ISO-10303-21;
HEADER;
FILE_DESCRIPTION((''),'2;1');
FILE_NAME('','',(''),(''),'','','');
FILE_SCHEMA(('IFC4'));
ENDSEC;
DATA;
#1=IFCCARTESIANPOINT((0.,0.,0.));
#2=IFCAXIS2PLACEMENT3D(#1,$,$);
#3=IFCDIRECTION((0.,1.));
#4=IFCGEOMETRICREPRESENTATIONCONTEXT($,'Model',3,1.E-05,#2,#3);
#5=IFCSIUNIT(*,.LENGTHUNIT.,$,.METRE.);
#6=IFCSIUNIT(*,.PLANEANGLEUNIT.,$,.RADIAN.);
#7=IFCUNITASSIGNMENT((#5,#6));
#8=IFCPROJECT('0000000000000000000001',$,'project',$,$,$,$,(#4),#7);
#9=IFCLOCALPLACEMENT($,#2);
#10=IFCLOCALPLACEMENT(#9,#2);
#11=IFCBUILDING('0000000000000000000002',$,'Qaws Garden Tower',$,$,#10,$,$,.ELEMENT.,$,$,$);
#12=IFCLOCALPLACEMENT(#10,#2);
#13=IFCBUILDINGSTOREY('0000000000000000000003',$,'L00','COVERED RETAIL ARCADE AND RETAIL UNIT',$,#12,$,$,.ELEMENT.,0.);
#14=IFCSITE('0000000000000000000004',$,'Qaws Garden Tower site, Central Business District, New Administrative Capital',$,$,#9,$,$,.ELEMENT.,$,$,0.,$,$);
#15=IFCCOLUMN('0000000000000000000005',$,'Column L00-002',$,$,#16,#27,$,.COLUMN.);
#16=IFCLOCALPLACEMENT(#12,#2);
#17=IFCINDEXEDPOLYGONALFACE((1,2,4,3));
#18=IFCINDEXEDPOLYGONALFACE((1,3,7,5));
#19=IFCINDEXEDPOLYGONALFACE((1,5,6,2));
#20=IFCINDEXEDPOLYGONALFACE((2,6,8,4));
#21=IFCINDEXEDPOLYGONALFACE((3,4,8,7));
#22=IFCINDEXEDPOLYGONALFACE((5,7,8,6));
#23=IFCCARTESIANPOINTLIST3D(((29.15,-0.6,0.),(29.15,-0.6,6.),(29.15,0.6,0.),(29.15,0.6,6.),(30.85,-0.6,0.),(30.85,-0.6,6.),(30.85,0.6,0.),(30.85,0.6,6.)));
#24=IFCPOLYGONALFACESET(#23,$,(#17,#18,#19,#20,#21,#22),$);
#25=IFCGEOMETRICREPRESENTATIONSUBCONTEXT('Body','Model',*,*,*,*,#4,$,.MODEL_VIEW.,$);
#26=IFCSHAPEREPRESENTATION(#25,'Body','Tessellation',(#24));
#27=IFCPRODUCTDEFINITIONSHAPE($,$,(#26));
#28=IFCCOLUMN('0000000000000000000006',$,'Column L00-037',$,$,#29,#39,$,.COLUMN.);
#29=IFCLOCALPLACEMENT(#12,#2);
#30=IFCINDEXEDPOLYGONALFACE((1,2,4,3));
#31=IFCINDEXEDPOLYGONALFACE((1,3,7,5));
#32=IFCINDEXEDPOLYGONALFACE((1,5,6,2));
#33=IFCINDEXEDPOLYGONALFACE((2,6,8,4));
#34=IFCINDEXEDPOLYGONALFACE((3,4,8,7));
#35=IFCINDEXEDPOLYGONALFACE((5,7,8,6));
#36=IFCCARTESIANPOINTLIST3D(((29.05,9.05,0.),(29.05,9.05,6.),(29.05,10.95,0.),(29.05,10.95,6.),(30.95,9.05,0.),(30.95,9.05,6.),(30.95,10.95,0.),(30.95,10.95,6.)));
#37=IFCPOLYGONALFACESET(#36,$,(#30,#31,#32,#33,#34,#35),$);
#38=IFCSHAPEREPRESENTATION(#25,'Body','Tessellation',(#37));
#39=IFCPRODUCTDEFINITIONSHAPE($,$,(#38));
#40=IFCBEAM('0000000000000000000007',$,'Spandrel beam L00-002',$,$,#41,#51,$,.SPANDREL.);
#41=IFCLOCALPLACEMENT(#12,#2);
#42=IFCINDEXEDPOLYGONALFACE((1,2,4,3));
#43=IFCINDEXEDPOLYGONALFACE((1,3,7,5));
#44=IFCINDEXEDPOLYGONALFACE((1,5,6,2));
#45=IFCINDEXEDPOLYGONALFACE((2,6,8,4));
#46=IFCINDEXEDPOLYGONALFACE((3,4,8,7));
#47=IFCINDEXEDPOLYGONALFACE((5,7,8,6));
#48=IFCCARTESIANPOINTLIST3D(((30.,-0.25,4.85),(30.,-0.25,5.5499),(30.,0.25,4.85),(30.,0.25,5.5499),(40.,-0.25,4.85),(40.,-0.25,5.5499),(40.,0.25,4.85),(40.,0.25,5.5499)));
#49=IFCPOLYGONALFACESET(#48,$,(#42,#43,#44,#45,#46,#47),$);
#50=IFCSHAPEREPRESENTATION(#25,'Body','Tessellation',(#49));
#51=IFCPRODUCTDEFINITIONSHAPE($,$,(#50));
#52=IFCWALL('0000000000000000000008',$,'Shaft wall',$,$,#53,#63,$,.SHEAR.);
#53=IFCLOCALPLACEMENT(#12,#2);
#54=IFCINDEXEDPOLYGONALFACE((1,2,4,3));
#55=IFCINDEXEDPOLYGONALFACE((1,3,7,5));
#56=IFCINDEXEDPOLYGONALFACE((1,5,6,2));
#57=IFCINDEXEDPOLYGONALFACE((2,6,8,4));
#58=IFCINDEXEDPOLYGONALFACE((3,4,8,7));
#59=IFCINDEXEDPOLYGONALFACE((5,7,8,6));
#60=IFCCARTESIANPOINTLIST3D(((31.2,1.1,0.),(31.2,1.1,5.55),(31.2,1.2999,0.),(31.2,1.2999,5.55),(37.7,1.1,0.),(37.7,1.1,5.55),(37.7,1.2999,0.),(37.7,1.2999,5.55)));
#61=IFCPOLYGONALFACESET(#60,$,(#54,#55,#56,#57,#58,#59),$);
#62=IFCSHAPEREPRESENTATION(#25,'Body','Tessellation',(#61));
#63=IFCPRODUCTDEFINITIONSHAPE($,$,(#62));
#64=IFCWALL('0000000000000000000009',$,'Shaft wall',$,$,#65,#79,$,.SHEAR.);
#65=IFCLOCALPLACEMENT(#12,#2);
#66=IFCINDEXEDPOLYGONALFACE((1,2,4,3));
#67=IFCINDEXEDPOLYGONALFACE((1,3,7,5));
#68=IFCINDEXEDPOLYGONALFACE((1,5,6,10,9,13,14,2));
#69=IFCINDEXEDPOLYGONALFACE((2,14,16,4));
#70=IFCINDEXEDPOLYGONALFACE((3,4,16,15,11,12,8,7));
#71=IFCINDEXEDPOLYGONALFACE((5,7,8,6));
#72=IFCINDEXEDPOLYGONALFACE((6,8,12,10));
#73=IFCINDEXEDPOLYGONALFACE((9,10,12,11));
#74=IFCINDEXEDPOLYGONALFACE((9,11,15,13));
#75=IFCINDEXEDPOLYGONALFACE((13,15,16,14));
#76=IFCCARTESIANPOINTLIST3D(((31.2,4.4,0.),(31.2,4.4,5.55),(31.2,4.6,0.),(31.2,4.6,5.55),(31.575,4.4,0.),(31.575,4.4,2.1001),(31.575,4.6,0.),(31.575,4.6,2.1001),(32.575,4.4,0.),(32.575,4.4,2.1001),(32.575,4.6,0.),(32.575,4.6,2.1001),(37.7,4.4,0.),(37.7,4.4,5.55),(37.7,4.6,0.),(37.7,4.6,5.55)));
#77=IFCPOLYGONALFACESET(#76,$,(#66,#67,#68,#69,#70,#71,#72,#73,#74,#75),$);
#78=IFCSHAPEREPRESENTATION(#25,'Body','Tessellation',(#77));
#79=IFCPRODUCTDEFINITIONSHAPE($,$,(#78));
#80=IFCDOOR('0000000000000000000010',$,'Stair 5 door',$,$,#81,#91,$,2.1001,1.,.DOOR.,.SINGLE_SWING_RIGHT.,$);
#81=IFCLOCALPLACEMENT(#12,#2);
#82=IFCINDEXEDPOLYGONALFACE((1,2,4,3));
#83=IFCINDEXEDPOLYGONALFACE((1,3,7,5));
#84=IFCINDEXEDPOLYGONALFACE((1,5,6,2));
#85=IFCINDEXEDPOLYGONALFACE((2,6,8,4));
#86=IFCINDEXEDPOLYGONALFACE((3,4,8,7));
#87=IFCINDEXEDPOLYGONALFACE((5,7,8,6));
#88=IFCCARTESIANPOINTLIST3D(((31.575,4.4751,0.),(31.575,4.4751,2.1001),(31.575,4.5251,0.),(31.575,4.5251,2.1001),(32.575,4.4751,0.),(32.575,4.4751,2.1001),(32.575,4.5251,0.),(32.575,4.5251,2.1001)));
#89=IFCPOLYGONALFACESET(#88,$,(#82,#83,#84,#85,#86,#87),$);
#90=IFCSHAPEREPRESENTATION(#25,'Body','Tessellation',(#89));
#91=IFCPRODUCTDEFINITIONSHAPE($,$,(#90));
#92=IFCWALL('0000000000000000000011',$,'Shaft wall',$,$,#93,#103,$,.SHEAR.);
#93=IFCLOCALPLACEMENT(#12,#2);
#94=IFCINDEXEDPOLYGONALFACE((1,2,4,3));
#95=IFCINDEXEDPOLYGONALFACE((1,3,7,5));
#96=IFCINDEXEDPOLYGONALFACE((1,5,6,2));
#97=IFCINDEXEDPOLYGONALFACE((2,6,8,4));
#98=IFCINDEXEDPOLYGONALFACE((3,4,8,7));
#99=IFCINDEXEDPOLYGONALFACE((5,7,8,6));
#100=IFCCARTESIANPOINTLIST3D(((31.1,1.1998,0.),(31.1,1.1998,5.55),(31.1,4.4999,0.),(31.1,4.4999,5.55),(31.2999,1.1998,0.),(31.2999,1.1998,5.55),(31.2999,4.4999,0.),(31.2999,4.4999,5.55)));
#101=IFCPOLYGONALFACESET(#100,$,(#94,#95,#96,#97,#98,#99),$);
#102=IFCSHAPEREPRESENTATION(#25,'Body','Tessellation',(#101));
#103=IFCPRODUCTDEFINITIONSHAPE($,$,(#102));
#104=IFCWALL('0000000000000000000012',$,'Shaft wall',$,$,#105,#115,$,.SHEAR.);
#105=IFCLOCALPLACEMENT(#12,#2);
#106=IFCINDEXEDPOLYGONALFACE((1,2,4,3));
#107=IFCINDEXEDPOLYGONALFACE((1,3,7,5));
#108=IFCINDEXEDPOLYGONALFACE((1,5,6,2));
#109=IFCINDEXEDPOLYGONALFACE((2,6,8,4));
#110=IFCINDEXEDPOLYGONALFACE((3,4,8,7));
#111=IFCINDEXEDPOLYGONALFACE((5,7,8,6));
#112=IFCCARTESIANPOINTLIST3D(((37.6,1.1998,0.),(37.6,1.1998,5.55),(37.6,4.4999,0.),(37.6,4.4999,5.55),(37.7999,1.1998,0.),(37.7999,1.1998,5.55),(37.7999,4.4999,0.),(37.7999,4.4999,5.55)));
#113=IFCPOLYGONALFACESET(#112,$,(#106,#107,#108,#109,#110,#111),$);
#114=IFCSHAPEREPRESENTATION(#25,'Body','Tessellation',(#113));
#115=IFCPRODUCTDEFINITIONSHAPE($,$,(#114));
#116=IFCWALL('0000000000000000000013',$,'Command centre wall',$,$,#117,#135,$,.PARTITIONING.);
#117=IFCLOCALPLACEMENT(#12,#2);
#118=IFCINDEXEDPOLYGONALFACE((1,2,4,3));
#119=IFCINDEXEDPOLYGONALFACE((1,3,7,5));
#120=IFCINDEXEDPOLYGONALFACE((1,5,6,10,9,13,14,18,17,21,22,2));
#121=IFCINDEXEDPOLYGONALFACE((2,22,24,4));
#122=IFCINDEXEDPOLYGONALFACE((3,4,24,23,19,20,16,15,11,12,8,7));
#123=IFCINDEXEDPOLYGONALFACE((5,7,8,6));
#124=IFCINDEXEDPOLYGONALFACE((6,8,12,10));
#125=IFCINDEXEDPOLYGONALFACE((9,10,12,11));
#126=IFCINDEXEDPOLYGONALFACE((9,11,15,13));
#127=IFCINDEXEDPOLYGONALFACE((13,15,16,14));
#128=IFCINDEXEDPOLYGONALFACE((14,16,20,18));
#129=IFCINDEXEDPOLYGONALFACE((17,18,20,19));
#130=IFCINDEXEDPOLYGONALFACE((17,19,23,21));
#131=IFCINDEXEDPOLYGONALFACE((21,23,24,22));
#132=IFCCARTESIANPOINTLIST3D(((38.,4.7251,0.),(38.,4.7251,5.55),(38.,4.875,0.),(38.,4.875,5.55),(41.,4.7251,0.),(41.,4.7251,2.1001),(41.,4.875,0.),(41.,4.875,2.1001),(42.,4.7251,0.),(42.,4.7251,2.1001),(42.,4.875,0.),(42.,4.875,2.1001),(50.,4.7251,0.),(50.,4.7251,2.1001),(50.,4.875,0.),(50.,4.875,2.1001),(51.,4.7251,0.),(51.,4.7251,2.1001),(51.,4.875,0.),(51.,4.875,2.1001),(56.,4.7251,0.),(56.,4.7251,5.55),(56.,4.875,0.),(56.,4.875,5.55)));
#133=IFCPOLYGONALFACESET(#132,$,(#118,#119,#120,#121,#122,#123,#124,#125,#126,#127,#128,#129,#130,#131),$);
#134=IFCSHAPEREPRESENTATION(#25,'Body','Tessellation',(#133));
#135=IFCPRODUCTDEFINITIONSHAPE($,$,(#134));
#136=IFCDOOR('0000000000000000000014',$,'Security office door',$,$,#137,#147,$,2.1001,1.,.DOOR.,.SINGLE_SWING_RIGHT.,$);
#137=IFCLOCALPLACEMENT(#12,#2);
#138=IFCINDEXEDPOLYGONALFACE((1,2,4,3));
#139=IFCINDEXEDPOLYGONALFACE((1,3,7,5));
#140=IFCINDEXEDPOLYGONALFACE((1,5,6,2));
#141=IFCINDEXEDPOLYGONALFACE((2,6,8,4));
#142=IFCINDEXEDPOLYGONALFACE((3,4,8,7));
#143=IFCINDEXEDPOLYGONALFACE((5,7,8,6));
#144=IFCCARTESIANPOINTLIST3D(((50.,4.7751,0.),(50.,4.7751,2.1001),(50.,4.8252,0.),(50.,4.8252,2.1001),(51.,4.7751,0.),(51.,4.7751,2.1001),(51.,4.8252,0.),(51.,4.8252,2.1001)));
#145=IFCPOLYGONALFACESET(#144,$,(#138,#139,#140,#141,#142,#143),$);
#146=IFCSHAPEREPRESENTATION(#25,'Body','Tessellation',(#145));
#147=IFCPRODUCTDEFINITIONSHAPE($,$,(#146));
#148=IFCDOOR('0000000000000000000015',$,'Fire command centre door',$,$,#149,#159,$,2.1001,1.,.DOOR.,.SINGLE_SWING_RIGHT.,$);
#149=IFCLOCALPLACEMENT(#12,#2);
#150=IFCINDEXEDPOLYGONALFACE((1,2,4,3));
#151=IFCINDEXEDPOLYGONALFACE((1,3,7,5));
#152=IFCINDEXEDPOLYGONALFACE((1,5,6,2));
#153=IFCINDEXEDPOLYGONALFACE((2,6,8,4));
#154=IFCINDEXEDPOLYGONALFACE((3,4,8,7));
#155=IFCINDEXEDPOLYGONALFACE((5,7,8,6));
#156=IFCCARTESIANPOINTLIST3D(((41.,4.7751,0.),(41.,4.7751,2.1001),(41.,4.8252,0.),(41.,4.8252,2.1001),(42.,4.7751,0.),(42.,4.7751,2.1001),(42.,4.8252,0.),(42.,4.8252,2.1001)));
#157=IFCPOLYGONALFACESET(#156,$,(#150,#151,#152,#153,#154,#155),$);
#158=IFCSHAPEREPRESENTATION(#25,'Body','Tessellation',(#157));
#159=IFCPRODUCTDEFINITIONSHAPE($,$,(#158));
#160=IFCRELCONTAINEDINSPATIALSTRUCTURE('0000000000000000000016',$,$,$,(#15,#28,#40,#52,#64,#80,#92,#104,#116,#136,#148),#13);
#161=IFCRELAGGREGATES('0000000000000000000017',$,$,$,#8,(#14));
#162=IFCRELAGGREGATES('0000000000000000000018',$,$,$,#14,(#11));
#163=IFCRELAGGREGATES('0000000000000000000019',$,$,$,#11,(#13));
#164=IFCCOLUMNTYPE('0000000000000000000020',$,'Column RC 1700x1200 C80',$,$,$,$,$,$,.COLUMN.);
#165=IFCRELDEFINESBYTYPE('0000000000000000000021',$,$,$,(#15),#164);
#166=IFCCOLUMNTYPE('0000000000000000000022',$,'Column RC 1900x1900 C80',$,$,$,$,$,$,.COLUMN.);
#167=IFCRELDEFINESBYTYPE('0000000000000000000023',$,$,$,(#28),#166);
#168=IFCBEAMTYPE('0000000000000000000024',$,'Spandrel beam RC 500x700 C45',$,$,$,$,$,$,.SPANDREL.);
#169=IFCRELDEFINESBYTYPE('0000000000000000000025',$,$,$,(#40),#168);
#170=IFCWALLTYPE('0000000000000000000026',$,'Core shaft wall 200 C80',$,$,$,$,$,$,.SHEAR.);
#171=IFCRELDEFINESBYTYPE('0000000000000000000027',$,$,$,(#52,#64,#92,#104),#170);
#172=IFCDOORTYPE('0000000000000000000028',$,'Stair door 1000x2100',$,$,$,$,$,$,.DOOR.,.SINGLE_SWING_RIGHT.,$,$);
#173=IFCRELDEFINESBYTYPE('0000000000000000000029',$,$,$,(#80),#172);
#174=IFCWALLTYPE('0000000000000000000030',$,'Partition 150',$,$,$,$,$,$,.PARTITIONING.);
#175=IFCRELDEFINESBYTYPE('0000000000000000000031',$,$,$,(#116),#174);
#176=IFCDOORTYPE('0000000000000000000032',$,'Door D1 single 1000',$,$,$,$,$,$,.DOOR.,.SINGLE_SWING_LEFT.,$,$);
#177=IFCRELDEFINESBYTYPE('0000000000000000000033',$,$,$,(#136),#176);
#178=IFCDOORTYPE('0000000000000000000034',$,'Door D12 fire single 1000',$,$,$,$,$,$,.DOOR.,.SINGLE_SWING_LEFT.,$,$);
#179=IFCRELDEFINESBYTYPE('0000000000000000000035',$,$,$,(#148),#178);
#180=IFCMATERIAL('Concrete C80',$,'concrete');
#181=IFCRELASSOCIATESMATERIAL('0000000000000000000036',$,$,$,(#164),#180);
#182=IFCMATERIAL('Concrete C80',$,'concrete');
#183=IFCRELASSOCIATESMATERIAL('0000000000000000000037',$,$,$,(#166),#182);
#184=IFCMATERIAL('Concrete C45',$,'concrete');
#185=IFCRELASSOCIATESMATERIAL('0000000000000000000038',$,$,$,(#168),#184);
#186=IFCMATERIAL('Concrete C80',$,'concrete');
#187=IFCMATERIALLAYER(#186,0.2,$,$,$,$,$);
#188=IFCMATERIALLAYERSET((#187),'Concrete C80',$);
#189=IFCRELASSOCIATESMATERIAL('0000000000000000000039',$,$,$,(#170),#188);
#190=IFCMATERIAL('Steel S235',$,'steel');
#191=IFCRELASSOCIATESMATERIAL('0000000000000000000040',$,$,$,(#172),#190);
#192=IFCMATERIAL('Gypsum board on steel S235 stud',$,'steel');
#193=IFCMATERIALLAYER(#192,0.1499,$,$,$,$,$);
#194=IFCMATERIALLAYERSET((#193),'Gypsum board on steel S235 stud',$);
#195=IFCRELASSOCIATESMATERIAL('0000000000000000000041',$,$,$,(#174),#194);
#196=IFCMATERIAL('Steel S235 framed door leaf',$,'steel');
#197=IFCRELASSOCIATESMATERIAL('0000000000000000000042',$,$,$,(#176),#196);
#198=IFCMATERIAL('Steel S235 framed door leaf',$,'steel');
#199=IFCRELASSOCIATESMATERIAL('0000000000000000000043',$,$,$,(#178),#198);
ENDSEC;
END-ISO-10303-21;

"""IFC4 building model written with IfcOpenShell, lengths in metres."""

from ifc_helpers import new_model, si_unit, direction, frame, frame_2d, origin, origin_2d, place, context, subcontext, project, spatial, rectangle, extrude, material, layer, layer_set, material_profile, profile_set, type_object, element, fill, save


model = new_model("IFC4")

# Units and contexts
model_context = context("Model", 3, precision=1e-05, world=origin(), true_north=direction((0.0, 1.0)))
body_context = subcontext(model_context, "Body", "Model", "MODEL_VIEW")
ifc_project = project(units=[si_unit("LENGTHUNIT", "METRE"), si_unit("PLANEANGLEUNIT", "RADIAN")], contexts=[model_context])

# Site, building, storey
site_placement = place(None, origin())
site = spatial("IfcSite", under=ifc_project, at=site_placement, Name="Qaws Garden Tower site, Central Business District, New Administrative Capital", CompositionType="ELEMENT", RefElevation=0.0)
building_placement = place(site_placement, origin())
building = spatial("IfcBuilding", under=site, at=building_placement, Name="Qaws Garden Tower", CompositionType="ELEMENT")
storey_placement = place(building_placement, origin())
storey = spatial("IfcBuildingStorey", under=building, at=storey_placement, Name="L00", Description="COVERED RETAIL ARCADE AND RETAIL UNIT", CompositionType="ELEMENT", Elevation=0.0)

# Columns
ifc_material_1 = material(Name="Concrete C80", Category="concrete")
ifc_material_profile_1 = material_profile(ifc_material_1, rectangle(XDim=1.7, YDim=1.2, at=origin_2d()), Name="RC 1700x1200")
ifc_profile_set_1 = profile_set([ifc_material_profile_1], Name="Concrete C80")
column_type_1 = type_object("IfcColumnType", Name="Column RC 1700x1200 C80", PredefinedType="COLUMN", material=ifc_profile_set_1)
column_1_placement = place(storey_placement, frame((30.0, 0.0, 0.0), z_axis=(0.0, 0.0, 1.0), x_axis=(1.0, 0.0, 0.0)))
element("IfcColumn", 1, at=column_1_placement, inside=storey, type_object=column_type_1, Name="Column L00-002", PredefinedType="COLUMN", context=body_context, shape_type="SweptSolid", body=[
    extrude(rectangle(XDim=1.7, YDim=1.2, at=origin_2d()), origin(), (0.0, 0.0, 1.0), 6.0),
])
ifc_material_2 = material(Name="Concrete C80", Category="concrete")
ifc_material_profile_2 = material_profile(ifc_material_2, rectangle(XDim=1.8999, YDim=1.8999, at=origin_2d()), Name="RC 1900x1900")
ifc_profile_set_2 = profile_set([ifc_material_profile_2], Name="Concrete C80")
column_type_2 = type_object("IfcColumnType", Name="Column RC 1900x1900 C80", PredefinedType="COLUMN", material=ifc_profile_set_2)
column_2_placement = place(storey_placement, frame((30.0, 10.0, 0.0), z_axis=(0.0, 0.0, 1.0), x_axis=(1.0, 0.0, 0.0)))
element("IfcColumn", 2, at=column_2_placement, inside=storey, type_object=column_type_2, Name="Column L00-037", PredefinedType="COLUMN", context=body_context, shape_type="SweptSolid", body=[
    extrude(rectangle(XDim=1.8999, YDim=1.8999, at=origin_2d()), origin(), (0.0, 0.0, 1.0), 6.0),
])

# Beam
ifc_material_3 = material(Name="Concrete C45", Category="concrete")
ifc_material_profile_3 = material_profile(ifc_material_3, rectangle(XDim=0.5, YDim=0.7, at=origin_2d()), Name="RC 500x700")
ifc_profile_set_3 = profile_set([ifc_material_profile_3], Name="Concrete C45")
beam_type = type_object("IfcBeamType", Name="Spandrel beam RC 500x700 C45", PredefinedType="SPANDREL", material=ifc_profile_set_3)
beam_placement = place(storey_placement, frame((30.0, 0.0, 5.2), z_axis=(1.0, 0.0, 0.0), x_axis=(0.0, 1.0, 0.0)))
element("IfcBeam", 3, at=beam_placement, inside=storey, type_object=beam_type, Name="Spandrel beam L00-002", PredefinedType="SPANDREL", context=body_context, shape_type="SweptSolid", body=[
    extrude(rectangle(XDim=0.5, YDim=0.7, at=origin_2d()), origin(), (0.0, 0.0, 1.0), 10.0),
])

# Wall
ifc_material_4 = material(Name="Concrete C80", Category="concrete")
ifc_layer_1 = layer(ifc_material_4, 0.2)
ifc_layer_set_1 = layer_set([ifc_layer_1], Name="Concrete C80")
wall_type_1 = type_object("IfcWallType", Name="Core shaft wall 200 C80", PredefinedType="SHEAR", material=ifc_layer_set_1)
wall_1_placement = place(storey_placement, frame((31.2, 1.2, 0.0), z_axis=(0.0, 0.0, 1.0), x_axis=(1.0, 0.0, 0.0)))
element("IfcWall", 4, at=wall_1_placement, inside=storey, type_object=wall_type_1, Name="Shaft wall", PredefinedType="SHEAR", context=body_context, shape_type="SweptSolid", body=[
    extrude(rectangle(XDim=6.5, YDim=0.2, at=frame_2d((3.25, 0.0))), origin(), (0.0, 0.0, 1.0), 5.55),
])

# Wall, opening, door
wall_2_placement = place(storey_placement, frame((31.2, 4.5, 0.0), z_axis=(0.0, 0.0, 1.0), x_axis=(1.0, 0.0, 0.0)))
wall_2 = element("IfcWall", 5, at=wall_2_placement, inside=storey, type_object=wall_type_1, Name="Shaft wall", PredefinedType="SHEAR", context=body_context, shape_type="SweptSolid", body=[
    extrude(rectangle(XDim=6.5, YDim=0.2, at=frame_2d((3.25, 0.0))), origin(), (0.0, 0.0, 1.0), 5.55),
])
opening_1_placement = place(wall_2_placement, frame((0.375, 0.0, 0.0)))
opening_1 = element("IfcOpeningElement", 6, at=opening_1_placement, cuts=wall_2, PredefinedType="OPENING", context=body_context, shape_type="SweptSolid", body=[
    extrude(rectangle(XDim=1.0, YDim=2.1001, at=frame_2d((0.5, 1.05))), frame((0.0, 0.1099, 0.0), z_axis=(0.0, -1.0, 0.0), x_axis=(1.0, 0.0, 0.0)), (0.0, 0.0, 1.0), 0.22),
])
ifc_material_5 = material(Name="Steel S235", Category="steel")
door_type_1 = type_object("IfcDoorType", Name="Stair door 1000x2100", OperationType="SINGLE_SWING_RIGHT", PredefinedType="DOOR", material=ifc_material_5)
door_1_placement = place(opening_1_placement, frame((1.0, 0.0, 0.0), z_axis=(0.0, 0.0, 1.0), x_axis=(-1.0, 0.0, 0.0)))
door_1 = element("IfcDoor", 7, at=door_1_placement, inside=storey, type_object=door_type_1, Name="Stair 5 door", OperationType="SINGLE_SWING_RIGHT", OverallHeight=2.1001, OverallWidth=1.0, PredefinedType="DOOR", context=body_context, shape_type="SweptSolid", body=[
    extrude(rectangle(XDim=1.0, YDim=2.1001, at=frame_2d((0.5, 1.05))), frame((0.0, 0.0249, 0.0), z_axis=(0.0, -1.0, 0.0), x_axis=(1.0, 0.0, 0.0)), (0.0, 0.0, 1.0), 0.05),
])
fill(opening_1, door_1)

# Walls
for number, where, z_axis, x_axis, name in (
    (8, (31.2, 1.2, 0.0), (0.0, 0.0, 1.0), (0.0, 1.0, 0.0), "Shaft wall"),
    (9, (37.7, 1.2, 0.0), (0.0, 0.0, 1.0), (0.0, 1.0, 0.0), "Shaft wall"),
):
    element("IfcWall", number, at=place(storey_placement, frame(where, z_axis=z_axis, x_axis=x_axis)), inside=storey, type_object=wall_type_1, Name=name, PredefinedType="SHEAR", context=body_context, shape_type="SweptSolid", body=[
        extrude(rectangle(XDim=3.3, YDim=0.2, at=frame_2d((1.6499, 0.0))), origin(), (0.0, 0.0, 1.0), 5.55),
    ])

# Wall, openings, doors
ifc_material_6 = material(Name="Gypsum board on steel S235 stud", Category="steel")
ifc_layer_2 = layer(ifc_material_6, 0.1499)
ifc_layer_set_2 = layer_set([ifc_layer_2], Name="Gypsum board on steel S235 stud")
wall_type_2 = type_object("IfcWallType", Name="Partition 150", PredefinedType="PARTITIONING", material=ifc_layer_set_2)
wall_3_placement = place(storey_placement, frame((38.0, 4.8, 0.0), z_axis=(0.0, 0.0, 1.0), x_axis=(1.0, 0.0, 0.0)))
wall_3 = element("IfcWall", 10, at=wall_3_placement, inside=storey, type_object=wall_type_2, Name="Command centre wall", PredefinedType="PARTITIONING", context=body_context, shape_type="SweptSolid", body=[
    extrude(rectangle(XDim=18.0, YDim=0.1499, at=frame_2d((9.0, 0.0))), origin(), (0.0, 0.0, 1.0), 5.55),
])
opening_2_placement = place(wall_3_placement, frame((3.0, 0.0, 0.0)))
opening_2 = element("IfcOpeningElement", 11, at=opening_2_placement, cuts=wall_3, PredefinedType="OPENING", context=body_context, shape_type="SweptSolid", body=[
    extrude(rectangle(XDim=1.0, YDim=2.1001, at=frame_2d((0.5, 1.05))), frame((0.0, 0.085, 0.0), z_axis=(0.0, -1.0, 0.0), x_axis=(1.0, 0.0, 0.0)), (0.0, 0.0, 1.0), 0.1699),
])
opening_3_placement = place(wall_3_placement, frame((12.0, 0.0, 0.0)))
opening_3 = element("IfcOpeningElement", 12, at=opening_3_placement, cuts=wall_3, PredefinedType="OPENING", context=body_context, shape_type="SweptSolid", body=[
    extrude(rectangle(XDim=1.0, YDim=2.1001, at=frame_2d((0.5, 1.05))), frame((0.0, 0.085, 0.0), z_axis=(0.0, -1.0, 0.0), x_axis=(1.0, 0.0, 0.0)), (0.0, 0.0, 1.0), 0.1699),
])
ifc_material_7 = material(Name="Steel S235 framed door leaf", Category="steel")
door_type_2 = type_object("IfcDoorType", Name="Door D1 single 1000", OperationType="SINGLE_SWING_LEFT", PredefinedType="DOOR", material=ifc_material_7)
door_2_placement = place(opening_3_placement, frame((1.0, 0.0, 0.0), z_axis=(0.0, 0.0, 1.0), x_axis=(-1.0, 0.0, 0.0)))
door_2 = element("IfcDoor", 13, at=door_2_placement, inside=storey, type_object=door_type_2, Name="Security office door", OperationType="SINGLE_SWING_RIGHT", OverallHeight=2.1001, OverallWidth=1.0, PredefinedType="DOOR", context=body_context, shape_type="SweptSolid", body=[
    extrude(rectangle(XDim=1.0, YDim=2.1001, at=frame_2d((0.5, 1.05))), frame((0.0, 0.0249, 0.0), z_axis=(0.0, -1.0, 0.0), x_axis=(1.0, 0.0, 0.0)), (0.0, 0.0, 1.0), 0.05),
])
fill(opening_3, door_2)
ifc_material_8 = material(Name="Steel S235 framed door leaf", Category="steel")
door_type_3 = type_object("IfcDoorType", Name="Door D12 fire single 1000", OperationType="SINGLE_SWING_LEFT", PredefinedType="DOOR", material=ifc_material_8)
door_3_placement = place(opening_2_placement, frame((1.0, 0.0, 0.0), z_axis=(0.0, 0.0, 1.0), x_axis=(-1.0, 0.0, 0.0)))
door_3 = element("IfcDoor", 14, at=door_3_placement, inside=storey, type_object=door_type_3, Name="Fire command centre door", OperationType="SINGLE_SWING_RIGHT", OverallHeight=2.1001, OverallWidth=1.0, PredefinedType="DOOR", context=body_context, shape_type="SweptSolid", body=[
    extrude(rectangle(XDim=1.0, YDim=2.1001, at=frame_2d((0.5, 1.05))), frame((0.0, 0.0249, 0.0), z_axis=(0.0, -1.0, 0.0), x_axis=(1.0, 0.0, 0.0)), (0.0, 0.0, 1.0), 0.05),
])
fill(opening_2, door_3)

save(model, "model.ifc")
